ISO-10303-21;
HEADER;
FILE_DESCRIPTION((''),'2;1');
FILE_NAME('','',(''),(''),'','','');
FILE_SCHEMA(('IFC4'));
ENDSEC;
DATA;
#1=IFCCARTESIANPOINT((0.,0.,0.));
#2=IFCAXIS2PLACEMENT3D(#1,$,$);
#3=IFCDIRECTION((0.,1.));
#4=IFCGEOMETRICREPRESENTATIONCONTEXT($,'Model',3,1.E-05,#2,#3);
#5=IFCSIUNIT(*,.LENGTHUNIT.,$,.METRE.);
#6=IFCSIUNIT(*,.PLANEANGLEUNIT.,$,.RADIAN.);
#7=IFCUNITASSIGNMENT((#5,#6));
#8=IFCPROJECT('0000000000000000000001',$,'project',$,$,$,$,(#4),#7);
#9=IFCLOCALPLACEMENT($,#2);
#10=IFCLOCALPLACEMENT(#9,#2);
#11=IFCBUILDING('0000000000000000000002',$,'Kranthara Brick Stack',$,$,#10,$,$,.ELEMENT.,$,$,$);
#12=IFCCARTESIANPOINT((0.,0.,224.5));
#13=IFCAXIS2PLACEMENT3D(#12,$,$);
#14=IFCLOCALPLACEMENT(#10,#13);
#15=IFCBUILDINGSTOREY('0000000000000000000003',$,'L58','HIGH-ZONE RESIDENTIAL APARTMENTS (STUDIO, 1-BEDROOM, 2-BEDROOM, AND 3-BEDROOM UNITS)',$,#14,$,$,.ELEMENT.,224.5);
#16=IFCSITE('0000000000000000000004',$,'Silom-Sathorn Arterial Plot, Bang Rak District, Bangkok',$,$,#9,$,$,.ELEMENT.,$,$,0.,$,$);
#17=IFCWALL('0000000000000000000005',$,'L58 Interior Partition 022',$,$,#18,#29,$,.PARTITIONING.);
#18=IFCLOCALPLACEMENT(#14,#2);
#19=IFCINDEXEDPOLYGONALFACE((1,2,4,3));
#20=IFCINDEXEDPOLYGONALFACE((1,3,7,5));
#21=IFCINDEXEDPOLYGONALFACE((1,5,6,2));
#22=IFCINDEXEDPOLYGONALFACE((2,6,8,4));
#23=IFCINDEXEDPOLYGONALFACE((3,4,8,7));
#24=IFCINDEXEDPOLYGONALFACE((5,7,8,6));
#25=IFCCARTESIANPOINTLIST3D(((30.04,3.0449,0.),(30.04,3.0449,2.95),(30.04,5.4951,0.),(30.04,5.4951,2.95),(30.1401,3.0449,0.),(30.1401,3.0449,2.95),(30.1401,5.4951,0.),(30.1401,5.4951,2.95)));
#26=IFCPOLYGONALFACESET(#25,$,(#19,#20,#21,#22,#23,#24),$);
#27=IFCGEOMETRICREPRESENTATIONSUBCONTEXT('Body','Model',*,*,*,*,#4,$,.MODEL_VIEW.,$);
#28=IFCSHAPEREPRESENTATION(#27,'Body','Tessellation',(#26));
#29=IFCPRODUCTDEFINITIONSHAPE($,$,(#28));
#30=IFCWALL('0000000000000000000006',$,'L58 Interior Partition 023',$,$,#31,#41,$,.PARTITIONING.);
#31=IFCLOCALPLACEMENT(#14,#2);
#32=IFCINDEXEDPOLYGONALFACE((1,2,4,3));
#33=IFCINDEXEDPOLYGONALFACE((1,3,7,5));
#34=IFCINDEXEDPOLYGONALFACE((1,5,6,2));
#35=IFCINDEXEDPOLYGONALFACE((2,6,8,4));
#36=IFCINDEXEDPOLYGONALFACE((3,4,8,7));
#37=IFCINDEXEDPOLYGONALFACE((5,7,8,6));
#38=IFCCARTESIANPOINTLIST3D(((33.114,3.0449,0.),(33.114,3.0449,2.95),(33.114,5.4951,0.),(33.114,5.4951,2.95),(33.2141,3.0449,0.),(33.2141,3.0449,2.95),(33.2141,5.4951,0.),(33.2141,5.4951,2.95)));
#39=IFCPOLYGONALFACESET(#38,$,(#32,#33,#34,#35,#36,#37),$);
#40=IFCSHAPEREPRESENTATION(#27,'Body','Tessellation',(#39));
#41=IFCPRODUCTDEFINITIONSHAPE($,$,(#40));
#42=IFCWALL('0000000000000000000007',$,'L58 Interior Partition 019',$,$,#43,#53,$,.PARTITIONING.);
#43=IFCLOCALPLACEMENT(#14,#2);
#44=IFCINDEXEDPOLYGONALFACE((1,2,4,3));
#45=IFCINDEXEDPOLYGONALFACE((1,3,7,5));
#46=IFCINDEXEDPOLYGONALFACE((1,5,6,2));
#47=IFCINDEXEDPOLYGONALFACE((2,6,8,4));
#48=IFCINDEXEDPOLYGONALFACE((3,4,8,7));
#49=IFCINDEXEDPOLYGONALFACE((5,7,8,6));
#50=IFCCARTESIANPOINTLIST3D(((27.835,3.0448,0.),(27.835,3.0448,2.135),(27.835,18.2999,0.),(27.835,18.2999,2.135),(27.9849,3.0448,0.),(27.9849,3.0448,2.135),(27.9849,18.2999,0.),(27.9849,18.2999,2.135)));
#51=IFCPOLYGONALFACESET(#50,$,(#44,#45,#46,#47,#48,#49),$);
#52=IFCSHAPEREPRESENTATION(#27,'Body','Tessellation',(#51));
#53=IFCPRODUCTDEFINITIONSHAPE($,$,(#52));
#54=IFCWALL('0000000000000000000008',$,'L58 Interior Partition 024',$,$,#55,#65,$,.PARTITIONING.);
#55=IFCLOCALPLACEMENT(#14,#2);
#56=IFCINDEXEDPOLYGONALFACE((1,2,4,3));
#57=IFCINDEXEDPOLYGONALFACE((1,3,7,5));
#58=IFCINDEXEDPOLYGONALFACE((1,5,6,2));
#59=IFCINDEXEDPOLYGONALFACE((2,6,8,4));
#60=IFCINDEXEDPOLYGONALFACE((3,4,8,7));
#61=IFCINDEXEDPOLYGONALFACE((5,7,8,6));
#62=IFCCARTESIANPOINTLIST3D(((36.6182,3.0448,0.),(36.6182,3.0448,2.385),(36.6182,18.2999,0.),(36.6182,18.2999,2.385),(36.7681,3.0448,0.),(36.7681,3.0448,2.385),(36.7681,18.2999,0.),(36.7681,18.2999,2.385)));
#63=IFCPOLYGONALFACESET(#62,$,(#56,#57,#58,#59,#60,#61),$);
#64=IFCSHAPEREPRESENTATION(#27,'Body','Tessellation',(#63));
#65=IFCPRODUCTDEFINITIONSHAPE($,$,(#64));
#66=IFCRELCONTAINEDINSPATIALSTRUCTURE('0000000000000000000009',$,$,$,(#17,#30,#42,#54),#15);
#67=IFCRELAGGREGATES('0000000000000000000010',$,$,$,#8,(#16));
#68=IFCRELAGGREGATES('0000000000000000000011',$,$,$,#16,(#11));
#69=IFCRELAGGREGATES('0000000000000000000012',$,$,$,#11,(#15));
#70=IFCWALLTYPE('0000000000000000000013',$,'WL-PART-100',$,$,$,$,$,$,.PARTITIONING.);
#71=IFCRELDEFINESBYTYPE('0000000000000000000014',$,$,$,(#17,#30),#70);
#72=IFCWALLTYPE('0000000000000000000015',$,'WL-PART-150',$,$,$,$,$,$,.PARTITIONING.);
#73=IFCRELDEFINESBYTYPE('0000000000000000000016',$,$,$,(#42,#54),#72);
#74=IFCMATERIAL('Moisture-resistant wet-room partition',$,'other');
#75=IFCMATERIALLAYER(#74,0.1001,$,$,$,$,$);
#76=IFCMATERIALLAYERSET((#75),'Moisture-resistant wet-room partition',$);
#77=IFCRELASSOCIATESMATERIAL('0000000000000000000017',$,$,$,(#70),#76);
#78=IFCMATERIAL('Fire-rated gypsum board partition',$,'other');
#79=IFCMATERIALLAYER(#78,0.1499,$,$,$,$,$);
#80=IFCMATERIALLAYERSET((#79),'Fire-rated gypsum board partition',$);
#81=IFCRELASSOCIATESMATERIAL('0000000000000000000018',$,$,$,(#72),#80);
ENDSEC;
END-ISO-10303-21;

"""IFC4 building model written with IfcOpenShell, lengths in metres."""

from ifc_helpers import new_model, si_unit, direction, frame, frame_2d, origin, place, context, subcontext, project, spatial, rectangle, extrude, material, layer, layer_set, type_object, element, save


model = new_model("IFC4")

# Units and contexts
model_context = context("Model", 3, precision=1e-05, world=origin(), true_north=direction((0.0, 1.0)))
body_context = subcontext(model_context, "Body", "Model", "MODEL_VIEW")
ifc_project = project(units=[si_unit("LENGTHUNIT", "METRE"), si_unit("PLANEANGLEUNIT", "RADIAN")], contexts=[model_context])

# Site, building, storey
site_placement = place(None, origin())
site = spatial("IfcSite", under=ifc_project, at=site_placement, Name="Silom-Sathorn Arterial Plot, Bang Rak District, Bangkok", CompositionType="ELEMENT", RefElevation=0.0)
building_placement = place(site_placement, origin())
building = spatial("IfcBuilding", under=site, at=building_placement, Name="Kranthara Brick Stack", CompositionType="ELEMENT")
storey_placement = place(building_placement, frame((0.0, 0.0, 224.5)))
storey = spatial("IfcBuildingStorey", under=building, at=storey_placement, Name="L58", Description="HIGH-ZONE RESIDENTIAL APARTMENTS (STUDIO, 1-BEDROOM, 2-BEDROOM, AND 3-BEDROOM UNITS)", CompositionType="ELEMENT", Elevation=224.5)

# Walls
ifc_material_1 = material(Name="Moisture-resistant wet-room partition", Category="other")
ifc_layer_1 = layer(ifc_material_1, 0.1001)
ifc_layer_set_1 = layer_set([ifc_layer_1], Name="Moisture-resistant wet-room partition")
wall_type_1 = type_object("IfcWallType", Name="WL-PART-100", PredefinedType="PARTITIONING", material=ifc_layer_set_1)
for number, where, z_axis, x_axis, name in (
    (1, (30.0901, 3.0449, 0.0), (0.0, 0.0, 1.0), (0.0, 1.0, 0.0), "L58 Interior Partition 022"),
    (2, (33.1641, 3.0449, 0.0), (0.0, 0.0, 1.0), (0.0, 1.0, 0.0), "L58 Interior Partition 023"),
):
    element("IfcWall", number, at=place(storey_placement, frame(where, z_axis=z_axis, x_axis=x_axis)), inside=storey, type_object=wall_type_1, Name=name, PredefinedType="PARTITIONING", context=body_context, shape_type="SweptSolid", body=[
        extrude(rectangle(XDim=2.4502, YDim=0.1001, at=frame_2d((1.2251, 0.0))), origin(), (0.0, 0.0, 1.0), 2.95),
    ])
ifc_material_2 = material(Name="Fire-rated gypsum board partition", Category="other")
ifc_layer_2 = layer(ifc_material_2, 0.1499)
ifc_layer_set_2 = layer_set([ifc_layer_2], Name="Fire-rated gypsum board partition")
wall_type_2 = type_object("IfcWallType", Name="WL-PART-150", PredefinedType="PARTITIONING", material=ifc_layer_set_2)
wall_1_placement = place(storey_placement, frame((27.9099, 3.0449, 0.0), z_axis=(0.0, 0.0, 1.0), x_axis=(0.0, 1.0, 0.0)))
element("IfcWall", 3, at=wall_1_placement, inside=storey, type_object=wall_type_2, Name="L58 Interior Partition 019", PredefinedType="PARTITIONING", context=body_context, shape_type="SweptSolid", body=[
    extrude(rectangle(XDim=15.2551, YDim=0.1499, at=frame_2d((7.6274, 0.0))), origin(), (0.0, 0.0, 1.0), 2.135),
])
wall_2_placement = place(storey_placement, frame((36.6931, 3.0449, 0.0), z_axis=(0.0, 0.0, 1.0), x_axis=(0.0, 1.0, 0.0)))
element("IfcWall", 4, at=wall_2_placement, inside=storey, type_object=wall_type_2, Name="L58 Interior Partition 024", PredefinedType="PARTITIONING", context=body_context, shape_type="SweptSolid", body=[
    extrude(rectangle(XDim=15.2551, YDim=0.1499, at=frame_2d((7.6274, 0.0))), origin(), (0.0, 0.0, 1.0), 2.385),
])

save(model, "model.ifc")
